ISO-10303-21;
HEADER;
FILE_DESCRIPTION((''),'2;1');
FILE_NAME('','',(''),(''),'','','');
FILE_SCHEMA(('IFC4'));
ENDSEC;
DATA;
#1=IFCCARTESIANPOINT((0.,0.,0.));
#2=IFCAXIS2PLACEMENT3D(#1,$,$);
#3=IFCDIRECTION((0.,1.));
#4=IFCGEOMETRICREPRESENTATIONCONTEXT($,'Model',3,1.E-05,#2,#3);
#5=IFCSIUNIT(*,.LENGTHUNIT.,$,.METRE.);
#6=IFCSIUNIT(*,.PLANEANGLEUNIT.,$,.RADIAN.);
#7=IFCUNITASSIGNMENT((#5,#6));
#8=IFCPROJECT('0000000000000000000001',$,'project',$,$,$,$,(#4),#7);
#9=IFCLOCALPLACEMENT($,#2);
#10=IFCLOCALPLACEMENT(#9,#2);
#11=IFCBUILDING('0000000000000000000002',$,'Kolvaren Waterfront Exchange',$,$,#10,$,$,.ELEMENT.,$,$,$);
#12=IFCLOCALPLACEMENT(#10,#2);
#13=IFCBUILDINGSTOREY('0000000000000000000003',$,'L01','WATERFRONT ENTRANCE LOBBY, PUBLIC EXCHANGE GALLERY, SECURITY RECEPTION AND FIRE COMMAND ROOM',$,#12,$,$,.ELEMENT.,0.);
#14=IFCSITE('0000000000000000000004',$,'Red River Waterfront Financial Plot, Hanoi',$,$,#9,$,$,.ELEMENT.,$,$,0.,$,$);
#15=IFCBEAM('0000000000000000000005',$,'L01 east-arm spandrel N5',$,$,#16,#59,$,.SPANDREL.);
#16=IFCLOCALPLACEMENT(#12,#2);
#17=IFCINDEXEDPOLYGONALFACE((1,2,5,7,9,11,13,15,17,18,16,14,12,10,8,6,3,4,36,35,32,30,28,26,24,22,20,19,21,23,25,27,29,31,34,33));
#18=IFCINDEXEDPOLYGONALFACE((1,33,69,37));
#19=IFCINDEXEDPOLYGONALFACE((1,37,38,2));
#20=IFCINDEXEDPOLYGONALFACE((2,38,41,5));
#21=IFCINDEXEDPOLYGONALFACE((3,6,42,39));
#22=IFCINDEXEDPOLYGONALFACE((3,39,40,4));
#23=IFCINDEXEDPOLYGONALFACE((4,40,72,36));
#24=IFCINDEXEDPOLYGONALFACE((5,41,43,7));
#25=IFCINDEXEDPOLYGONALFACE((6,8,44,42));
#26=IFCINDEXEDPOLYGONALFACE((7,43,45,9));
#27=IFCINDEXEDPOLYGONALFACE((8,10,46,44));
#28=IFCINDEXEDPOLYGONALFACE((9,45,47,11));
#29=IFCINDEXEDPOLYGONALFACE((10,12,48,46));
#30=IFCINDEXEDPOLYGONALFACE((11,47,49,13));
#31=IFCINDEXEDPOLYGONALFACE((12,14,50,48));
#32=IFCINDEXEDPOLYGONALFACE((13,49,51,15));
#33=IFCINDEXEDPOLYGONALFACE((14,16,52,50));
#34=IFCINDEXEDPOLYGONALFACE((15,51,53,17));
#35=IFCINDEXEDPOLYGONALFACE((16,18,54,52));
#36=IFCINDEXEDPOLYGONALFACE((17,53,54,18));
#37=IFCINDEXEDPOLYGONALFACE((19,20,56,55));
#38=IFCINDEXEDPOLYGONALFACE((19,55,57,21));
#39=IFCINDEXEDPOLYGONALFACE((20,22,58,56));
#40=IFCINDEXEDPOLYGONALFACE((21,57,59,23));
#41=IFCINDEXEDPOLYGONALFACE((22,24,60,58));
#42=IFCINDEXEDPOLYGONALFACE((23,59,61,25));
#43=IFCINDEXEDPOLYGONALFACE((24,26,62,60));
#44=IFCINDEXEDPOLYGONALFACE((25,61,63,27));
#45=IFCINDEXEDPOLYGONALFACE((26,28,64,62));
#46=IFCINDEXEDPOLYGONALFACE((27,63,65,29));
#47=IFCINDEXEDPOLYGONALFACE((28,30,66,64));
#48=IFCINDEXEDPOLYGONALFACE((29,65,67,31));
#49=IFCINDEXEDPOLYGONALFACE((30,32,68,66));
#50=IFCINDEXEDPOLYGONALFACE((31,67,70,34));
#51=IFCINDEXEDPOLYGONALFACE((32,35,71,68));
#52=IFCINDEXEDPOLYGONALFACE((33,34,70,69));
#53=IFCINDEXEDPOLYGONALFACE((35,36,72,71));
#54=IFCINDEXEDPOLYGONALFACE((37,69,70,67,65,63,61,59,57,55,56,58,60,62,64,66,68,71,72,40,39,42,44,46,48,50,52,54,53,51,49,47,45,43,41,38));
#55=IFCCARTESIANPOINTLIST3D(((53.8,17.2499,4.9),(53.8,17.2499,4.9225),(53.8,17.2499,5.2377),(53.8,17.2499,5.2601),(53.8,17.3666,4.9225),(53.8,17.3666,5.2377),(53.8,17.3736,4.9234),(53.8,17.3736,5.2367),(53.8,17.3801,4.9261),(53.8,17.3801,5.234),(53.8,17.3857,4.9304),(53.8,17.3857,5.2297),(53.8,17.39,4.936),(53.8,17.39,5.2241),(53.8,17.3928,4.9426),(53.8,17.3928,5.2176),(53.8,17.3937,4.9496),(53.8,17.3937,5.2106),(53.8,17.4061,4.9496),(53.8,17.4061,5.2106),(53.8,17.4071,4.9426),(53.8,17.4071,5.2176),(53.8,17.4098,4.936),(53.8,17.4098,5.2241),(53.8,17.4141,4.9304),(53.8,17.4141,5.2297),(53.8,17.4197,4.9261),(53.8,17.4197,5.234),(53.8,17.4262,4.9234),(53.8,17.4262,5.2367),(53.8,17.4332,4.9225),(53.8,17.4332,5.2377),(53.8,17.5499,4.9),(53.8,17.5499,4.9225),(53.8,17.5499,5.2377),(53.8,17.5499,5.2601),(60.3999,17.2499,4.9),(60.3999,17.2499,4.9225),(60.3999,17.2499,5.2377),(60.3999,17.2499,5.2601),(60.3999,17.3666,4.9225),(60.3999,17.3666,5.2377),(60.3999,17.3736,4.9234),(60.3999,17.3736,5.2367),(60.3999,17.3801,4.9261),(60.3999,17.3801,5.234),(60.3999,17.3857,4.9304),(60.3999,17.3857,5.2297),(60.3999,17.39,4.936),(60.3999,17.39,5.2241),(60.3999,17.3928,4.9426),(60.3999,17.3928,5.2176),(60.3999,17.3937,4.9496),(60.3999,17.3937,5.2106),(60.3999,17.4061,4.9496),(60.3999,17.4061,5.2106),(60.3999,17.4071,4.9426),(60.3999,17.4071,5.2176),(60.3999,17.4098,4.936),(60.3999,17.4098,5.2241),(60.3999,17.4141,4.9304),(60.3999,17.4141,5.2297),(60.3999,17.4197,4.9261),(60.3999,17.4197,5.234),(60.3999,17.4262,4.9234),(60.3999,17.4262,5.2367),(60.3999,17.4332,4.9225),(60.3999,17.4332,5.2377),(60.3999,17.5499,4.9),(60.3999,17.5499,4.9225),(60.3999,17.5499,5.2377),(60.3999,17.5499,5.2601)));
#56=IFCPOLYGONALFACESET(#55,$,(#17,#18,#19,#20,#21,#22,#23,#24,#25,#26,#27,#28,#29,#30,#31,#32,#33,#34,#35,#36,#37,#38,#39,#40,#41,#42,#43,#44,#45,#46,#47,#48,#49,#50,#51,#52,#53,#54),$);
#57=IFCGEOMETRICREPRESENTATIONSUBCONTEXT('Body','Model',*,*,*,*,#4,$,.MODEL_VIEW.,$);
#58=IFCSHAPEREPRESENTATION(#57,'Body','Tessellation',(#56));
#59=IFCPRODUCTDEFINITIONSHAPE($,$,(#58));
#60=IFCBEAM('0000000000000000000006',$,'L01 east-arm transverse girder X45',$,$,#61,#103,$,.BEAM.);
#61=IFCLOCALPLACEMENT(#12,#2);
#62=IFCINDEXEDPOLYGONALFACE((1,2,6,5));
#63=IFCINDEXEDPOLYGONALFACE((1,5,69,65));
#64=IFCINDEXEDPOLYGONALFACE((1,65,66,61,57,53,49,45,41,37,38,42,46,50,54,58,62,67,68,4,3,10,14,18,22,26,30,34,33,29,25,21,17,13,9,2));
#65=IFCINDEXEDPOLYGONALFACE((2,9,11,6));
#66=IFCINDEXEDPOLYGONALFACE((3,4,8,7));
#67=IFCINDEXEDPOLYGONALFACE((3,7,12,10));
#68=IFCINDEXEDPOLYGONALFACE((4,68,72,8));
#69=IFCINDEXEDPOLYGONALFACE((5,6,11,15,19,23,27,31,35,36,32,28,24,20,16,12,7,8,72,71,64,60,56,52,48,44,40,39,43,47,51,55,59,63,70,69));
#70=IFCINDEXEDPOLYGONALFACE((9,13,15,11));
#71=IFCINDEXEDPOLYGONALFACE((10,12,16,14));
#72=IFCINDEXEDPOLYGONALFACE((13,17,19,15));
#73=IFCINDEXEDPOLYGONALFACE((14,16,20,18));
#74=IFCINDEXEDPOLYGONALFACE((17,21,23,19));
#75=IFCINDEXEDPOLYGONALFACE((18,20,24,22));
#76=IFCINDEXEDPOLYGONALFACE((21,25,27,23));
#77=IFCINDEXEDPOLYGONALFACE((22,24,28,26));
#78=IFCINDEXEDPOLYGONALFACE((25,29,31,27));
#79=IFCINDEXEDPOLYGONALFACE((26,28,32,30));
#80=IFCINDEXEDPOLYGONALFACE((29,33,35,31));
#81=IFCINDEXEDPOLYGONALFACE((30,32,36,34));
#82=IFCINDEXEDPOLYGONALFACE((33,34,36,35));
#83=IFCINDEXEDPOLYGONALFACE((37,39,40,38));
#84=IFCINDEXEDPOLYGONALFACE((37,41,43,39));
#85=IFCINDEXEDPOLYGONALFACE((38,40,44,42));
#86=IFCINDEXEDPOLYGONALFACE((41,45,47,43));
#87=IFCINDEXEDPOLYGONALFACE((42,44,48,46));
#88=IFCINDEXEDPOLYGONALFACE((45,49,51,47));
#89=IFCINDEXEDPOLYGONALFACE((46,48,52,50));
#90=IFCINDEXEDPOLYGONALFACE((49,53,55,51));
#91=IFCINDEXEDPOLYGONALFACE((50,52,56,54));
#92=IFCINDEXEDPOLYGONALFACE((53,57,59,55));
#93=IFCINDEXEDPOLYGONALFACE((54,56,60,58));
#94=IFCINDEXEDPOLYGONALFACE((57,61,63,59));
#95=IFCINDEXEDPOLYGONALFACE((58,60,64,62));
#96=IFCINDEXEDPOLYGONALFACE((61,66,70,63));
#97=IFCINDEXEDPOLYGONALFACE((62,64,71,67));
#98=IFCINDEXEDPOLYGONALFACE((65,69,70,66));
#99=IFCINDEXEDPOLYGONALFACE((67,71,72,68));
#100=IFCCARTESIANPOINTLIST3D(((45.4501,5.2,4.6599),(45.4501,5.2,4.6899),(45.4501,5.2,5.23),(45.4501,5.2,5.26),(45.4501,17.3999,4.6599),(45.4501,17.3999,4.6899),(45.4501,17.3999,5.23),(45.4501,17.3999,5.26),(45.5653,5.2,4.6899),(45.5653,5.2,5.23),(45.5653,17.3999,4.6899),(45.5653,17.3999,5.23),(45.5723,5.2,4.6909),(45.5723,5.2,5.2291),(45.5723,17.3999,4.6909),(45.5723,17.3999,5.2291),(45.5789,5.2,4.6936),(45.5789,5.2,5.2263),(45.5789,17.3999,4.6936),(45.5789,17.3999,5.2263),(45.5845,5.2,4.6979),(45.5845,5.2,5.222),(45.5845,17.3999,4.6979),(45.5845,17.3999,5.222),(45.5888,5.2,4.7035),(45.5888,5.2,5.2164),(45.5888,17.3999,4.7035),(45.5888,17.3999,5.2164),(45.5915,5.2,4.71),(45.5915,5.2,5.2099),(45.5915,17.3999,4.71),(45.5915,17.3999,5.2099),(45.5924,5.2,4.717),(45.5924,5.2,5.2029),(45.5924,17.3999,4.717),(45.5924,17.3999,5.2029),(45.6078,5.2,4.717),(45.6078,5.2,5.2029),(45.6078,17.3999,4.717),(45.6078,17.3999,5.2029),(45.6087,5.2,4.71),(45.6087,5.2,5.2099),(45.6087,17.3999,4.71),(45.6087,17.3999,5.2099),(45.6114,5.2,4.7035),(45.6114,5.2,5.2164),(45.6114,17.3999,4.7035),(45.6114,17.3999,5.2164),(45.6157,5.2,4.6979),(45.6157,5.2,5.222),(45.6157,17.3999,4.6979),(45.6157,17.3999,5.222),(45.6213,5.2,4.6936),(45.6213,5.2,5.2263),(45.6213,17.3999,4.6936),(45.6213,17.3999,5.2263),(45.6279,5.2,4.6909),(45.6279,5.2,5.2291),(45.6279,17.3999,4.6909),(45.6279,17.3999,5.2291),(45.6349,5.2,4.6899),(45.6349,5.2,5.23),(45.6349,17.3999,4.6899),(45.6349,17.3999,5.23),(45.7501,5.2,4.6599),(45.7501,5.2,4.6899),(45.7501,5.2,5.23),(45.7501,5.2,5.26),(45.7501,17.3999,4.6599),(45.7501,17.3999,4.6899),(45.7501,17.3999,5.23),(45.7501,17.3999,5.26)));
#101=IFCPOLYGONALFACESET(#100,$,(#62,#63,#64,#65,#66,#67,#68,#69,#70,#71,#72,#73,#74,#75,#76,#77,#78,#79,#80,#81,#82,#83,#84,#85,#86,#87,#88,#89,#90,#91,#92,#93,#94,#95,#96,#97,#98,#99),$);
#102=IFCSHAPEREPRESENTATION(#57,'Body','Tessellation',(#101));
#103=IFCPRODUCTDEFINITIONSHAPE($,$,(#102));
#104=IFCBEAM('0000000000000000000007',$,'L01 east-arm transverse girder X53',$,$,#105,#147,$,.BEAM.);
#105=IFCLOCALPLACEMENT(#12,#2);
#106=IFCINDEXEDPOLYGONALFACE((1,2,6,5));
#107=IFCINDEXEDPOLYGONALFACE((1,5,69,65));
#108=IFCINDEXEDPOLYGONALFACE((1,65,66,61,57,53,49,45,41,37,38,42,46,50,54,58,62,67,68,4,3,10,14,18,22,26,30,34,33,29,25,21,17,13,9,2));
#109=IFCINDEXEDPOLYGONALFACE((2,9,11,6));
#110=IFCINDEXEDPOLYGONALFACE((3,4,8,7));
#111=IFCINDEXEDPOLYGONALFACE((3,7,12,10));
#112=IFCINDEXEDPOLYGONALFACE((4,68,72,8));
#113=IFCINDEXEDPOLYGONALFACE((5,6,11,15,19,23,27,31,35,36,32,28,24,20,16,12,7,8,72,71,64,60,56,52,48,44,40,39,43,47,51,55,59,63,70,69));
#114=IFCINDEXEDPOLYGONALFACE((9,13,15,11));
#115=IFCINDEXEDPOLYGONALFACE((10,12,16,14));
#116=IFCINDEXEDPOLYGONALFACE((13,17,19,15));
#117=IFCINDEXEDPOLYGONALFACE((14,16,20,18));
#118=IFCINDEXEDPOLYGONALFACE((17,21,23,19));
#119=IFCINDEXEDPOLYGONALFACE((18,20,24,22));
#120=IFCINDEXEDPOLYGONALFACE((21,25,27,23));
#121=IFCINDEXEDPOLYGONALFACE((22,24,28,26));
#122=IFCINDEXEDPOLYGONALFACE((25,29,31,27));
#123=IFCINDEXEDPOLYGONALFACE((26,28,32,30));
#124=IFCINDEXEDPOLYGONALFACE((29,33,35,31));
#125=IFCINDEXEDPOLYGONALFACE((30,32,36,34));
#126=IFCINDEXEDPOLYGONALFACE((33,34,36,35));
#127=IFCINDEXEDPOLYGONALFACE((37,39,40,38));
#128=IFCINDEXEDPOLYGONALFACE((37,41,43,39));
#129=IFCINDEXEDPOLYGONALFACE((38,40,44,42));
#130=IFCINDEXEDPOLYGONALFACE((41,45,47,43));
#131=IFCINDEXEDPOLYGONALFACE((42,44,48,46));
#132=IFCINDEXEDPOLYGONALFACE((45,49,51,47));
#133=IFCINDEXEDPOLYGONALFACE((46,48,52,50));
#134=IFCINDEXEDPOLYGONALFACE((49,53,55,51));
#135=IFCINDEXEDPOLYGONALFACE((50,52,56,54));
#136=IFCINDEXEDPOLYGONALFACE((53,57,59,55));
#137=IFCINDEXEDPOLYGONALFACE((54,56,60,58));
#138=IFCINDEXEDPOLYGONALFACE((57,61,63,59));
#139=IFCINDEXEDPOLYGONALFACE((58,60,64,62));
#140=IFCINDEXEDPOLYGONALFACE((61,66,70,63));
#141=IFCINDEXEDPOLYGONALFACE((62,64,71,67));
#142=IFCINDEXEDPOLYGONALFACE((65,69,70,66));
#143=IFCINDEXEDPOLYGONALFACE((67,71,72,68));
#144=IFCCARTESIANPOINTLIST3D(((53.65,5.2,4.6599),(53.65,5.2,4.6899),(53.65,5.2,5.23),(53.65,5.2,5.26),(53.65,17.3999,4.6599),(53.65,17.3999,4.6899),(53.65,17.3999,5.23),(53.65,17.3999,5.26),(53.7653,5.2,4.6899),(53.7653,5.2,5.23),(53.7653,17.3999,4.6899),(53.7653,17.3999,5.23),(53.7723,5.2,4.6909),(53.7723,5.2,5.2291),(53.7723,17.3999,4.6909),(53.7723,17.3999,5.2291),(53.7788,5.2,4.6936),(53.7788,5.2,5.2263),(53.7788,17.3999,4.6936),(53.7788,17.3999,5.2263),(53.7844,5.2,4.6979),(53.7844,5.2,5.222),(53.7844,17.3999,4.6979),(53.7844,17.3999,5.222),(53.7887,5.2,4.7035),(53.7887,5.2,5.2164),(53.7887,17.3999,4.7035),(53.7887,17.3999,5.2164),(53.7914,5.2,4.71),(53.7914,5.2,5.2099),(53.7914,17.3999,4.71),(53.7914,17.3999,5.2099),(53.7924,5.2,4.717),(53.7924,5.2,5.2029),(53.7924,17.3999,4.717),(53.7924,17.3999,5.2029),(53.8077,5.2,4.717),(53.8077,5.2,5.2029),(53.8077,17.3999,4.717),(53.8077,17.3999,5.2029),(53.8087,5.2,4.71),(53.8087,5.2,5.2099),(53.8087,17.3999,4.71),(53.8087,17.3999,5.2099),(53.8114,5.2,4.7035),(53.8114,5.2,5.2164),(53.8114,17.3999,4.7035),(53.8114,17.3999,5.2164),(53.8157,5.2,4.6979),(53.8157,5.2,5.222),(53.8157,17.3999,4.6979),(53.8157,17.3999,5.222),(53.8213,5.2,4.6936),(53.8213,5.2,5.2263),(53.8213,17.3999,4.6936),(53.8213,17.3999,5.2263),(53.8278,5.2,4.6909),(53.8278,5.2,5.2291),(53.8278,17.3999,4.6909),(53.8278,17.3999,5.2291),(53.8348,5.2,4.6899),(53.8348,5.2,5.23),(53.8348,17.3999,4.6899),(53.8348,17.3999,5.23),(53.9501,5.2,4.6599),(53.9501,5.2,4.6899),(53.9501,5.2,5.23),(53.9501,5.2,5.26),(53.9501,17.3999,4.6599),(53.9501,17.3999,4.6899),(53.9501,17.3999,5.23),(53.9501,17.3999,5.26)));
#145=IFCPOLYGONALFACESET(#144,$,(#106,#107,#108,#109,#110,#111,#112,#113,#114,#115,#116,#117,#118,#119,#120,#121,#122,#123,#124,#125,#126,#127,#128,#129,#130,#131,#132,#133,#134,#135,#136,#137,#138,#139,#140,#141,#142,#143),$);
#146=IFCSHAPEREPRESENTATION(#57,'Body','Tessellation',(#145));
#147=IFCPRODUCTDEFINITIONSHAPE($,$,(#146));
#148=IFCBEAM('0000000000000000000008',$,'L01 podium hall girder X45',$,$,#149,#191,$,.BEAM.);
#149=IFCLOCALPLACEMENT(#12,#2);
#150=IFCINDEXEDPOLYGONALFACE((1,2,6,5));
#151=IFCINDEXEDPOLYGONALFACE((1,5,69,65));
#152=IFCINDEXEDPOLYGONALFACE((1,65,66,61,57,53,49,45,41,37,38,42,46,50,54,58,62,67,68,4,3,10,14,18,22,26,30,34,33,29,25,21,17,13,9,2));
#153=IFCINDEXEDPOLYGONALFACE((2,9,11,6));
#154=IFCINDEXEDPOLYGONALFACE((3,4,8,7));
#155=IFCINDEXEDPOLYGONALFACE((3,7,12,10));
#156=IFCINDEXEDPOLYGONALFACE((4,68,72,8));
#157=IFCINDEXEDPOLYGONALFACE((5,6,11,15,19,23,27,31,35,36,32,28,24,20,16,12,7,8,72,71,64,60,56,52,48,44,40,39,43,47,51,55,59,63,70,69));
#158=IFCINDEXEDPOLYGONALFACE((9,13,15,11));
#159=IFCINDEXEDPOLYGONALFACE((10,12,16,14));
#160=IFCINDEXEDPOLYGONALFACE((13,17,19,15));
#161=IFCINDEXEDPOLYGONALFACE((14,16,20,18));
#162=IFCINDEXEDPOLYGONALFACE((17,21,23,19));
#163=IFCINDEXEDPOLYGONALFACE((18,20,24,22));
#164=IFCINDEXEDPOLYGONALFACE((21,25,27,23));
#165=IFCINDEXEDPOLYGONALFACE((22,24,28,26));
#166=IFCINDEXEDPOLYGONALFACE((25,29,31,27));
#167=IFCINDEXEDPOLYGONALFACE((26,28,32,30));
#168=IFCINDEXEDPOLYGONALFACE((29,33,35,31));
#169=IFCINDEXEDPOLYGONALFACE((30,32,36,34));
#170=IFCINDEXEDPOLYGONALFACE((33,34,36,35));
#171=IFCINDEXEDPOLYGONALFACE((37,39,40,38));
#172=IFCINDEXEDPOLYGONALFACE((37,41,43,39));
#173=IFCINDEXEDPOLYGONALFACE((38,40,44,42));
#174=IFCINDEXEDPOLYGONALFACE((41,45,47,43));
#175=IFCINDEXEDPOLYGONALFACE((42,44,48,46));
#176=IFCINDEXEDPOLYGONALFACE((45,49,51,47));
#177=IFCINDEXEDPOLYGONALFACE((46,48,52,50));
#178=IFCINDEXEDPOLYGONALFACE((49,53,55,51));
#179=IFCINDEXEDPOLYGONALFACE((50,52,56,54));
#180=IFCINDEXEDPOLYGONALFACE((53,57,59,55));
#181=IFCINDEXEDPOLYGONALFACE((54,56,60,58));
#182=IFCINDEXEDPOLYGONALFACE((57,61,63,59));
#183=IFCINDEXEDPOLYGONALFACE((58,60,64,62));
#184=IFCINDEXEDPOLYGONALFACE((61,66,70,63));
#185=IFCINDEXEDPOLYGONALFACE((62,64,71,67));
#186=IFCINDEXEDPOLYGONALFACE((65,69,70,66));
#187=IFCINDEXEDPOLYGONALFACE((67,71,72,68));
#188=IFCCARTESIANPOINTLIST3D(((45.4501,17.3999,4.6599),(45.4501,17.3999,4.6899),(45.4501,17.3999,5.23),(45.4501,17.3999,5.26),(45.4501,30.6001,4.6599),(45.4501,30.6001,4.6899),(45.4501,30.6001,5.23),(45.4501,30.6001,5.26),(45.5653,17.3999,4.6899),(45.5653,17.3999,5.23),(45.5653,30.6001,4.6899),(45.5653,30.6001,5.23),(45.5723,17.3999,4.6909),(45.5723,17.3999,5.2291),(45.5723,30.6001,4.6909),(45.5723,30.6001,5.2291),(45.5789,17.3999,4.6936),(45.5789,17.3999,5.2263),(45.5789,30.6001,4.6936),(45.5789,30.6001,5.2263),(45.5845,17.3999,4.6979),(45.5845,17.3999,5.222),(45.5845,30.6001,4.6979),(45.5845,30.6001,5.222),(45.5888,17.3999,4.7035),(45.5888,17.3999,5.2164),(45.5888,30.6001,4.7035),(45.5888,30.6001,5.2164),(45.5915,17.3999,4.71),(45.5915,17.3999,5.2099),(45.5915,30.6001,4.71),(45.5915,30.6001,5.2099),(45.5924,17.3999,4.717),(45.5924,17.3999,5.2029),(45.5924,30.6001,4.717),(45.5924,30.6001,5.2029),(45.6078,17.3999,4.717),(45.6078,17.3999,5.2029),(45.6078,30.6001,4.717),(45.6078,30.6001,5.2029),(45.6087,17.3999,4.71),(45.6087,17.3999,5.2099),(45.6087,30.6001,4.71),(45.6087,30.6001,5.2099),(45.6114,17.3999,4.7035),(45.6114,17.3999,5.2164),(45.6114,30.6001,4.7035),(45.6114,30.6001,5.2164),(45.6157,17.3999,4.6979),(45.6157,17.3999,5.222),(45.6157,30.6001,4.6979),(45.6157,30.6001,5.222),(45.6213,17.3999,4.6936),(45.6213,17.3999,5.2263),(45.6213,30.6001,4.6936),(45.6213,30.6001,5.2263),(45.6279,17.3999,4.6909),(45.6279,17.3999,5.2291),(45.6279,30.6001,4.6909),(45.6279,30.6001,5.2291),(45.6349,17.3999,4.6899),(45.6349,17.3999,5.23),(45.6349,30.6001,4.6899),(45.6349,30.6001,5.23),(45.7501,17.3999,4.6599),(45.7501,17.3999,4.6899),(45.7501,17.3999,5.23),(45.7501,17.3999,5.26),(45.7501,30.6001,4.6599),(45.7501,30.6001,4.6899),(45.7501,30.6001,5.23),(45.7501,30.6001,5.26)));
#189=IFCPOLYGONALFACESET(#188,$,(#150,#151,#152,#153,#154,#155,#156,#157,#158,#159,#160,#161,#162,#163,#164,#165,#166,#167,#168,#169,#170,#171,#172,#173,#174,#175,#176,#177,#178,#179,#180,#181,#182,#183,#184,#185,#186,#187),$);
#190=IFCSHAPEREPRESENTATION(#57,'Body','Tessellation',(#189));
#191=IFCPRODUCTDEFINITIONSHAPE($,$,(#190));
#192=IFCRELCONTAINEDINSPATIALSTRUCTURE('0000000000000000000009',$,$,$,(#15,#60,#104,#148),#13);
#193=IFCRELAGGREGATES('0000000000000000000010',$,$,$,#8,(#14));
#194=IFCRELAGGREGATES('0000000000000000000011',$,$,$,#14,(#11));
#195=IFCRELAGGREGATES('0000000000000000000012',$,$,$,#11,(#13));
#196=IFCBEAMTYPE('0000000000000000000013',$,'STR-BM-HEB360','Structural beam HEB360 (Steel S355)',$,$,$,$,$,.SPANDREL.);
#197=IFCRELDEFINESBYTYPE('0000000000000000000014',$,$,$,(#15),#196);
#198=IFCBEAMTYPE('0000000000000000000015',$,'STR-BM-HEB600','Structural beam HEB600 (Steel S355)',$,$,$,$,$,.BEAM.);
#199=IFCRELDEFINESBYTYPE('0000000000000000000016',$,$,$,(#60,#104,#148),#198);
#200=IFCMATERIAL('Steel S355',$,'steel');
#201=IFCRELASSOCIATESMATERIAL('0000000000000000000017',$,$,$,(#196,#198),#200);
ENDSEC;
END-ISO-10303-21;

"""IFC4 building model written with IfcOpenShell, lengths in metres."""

from ifc_helpers import new_model, si_unit, direction, frame, origin, origin_2d, place, context, subcontext, project, spatial, i_section, extrude, material, material_profile, profile_set, type_object, element, save


model = new_model("IFC4")

# Units and contexts
model_context = context("Model", 3, precision=1e-05, world=origin(), true_north=direction((0.0, 1.0)))
body_context = subcontext(model_context, "Body", "Model", "MODEL_VIEW")
ifc_project = project(units=[si_unit("LENGTHUNIT", "METRE"), si_unit("PLANEANGLEUNIT", "RADIAN")], contexts=[model_context])

# Site, building, storey
site_placement = place(None, origin())
site = spatial("IfcSite", under=ifc_project, at=site_placement, Name="Red River Waterfront Financial Plot, Hanoi", CompositionType="ELEMENT", RefElevation=0.0)
building_placement = place(site_placement, origin())
building = spatial("IfcBuilding", under=site, at=building_placement, Name="Kolvaren Waterfront Exchange", CompositionType="ELEMENT")
storey_placement = place(building_placement, origin())
storey = spatial("IfcBuildingStorey", under=building, at=storey_placement, Name="L01", Description="WATERFRONT ENTRANCE LOBBY, PUBLIC EXCHANGE GALLERY, SECURITY RECEPTION AND FIRE COMMAND ROOM", CompositionType="ELEMENT", Elevation=0.0)

# Beams
ifc_material_1 = material(Name="Steel S355", Category="steel")
ifc_material_profile_1 = material_profile(ifc_material_1, i_section(OverallWidth=0.3, OverallDepth=0.3601, WebThickness=0.0125, FlangeThickness=0.0225, FilletRadius=0.0271, at=origin_2d()), Name="HEB360")
ifc_profile_set_1 = profile_set([ifc_material_profile_1], Name="Steel S355")
beam_type_1 = type_object("IfcBeamType", Name="STR-BM-HEB360", Description="Structural beam HEB360 (Steel S355)", PredefinedType="SPANDREL", material=ifc_profile_set_1)
beam_1_placement = place(storey_placement, frame((53.8, 17.3999, 5.0801), z_axis=(1.0, 0.0, 0.0), x_axis=(0.0, 1.0, 0.0)))
element("IfcBeam", 1, at=beam_1_placement, inside=storey, type_object=beam_type_1, Name="L01 east-arm spandrel N5", PredefinedType="SPANDREL", context=body_context, shape_type="SweptSolid", body=[
    extrude(i_section(OverallWidth=0.3, OverallDepth=0.3601, WebThickness=0.0125, FlangeThickness=0.0225, FilletRadius=0.0271, at=origin_2d()), origin(), (0.0, 0.0, 1.0), 6.5999),
])
ifc_material_profile_2 = material_profile(ifc_material_1, i_section(OverallWidth=0.3, OverallDepth=0.6001, WebThickness=0.0154, FlangeThickness=0.03, FilletRadius=0.0271, at=origin_2d()), Name="HEB600")
ifc_profile_set_2 = profile_set([ifc_material_profile_2], Name="Steel S355")
beam_type_2 = type_object("IfcBeamType", Name="STR-BM-HEB600", Description="Structural beam HEB600 (Steel S355)", PredefinedType="BEAM", material=ifc_profile_set_2)
for number, where, z_axis, x_axis, name in (
    (2, (45.6001, 5.2, 4.96), (0.0, 1.0, 0.0), (-1.0, 0.0, 0.0), "L01 east-arm transverse girder X45"),
    (3, (53.8, 5.2, 4.96), (0.0, 1.0, 0.0), (-1.0, 0.0, 0.0), "L01 east-arm transverse girder X53"),
):
    element("IfcBeam", number, at=place(storey_placement, frame(where, z_axis=z_axis, x_axis=x_axis)), inside=storey, type_object=beam_type_2, Name=name, PredefinedType="BEAM", context=body_context, shape_type="SweptSolid", body=[
        extrude(i_section(OverallWidth=0.3, OverallDepth=0.6001, WebThickness=0.0154, FlangeThickness=0.03, FilletRadius=0.0271, at=origin_2d()), origin(), (0.0, 0.0, 1.0), 12.2),
    ])
for number, where, z_axis, x_axis, name in (
    (4, (45.6001, 17.3999, 4.96), (0.0, 1.0, 0.0), (-1.0, 0.0, 0.0), "L01 podium hall girder X45"),
):
    element("IfcBeam", number, at=place(storey_placement, frame(where, z_axis=z_axis, x_axis=x_axis)), inside=storey, type_object=beam_type_2, Name=name, PredefinedType="BEAM", context=body_context, shape_type="SweptSolid", body=[
        extrude(i_section(OverallWidth=0.3, OverallDepth=0.6001, WebThickness=0.0154, FlangeThickness=0.03, FilletRadius=0.0271, at=origin_2d()), origin(), (0.0, 0.0, 1.0), 13.2002),
    ])

save(model, "model.ifc")
